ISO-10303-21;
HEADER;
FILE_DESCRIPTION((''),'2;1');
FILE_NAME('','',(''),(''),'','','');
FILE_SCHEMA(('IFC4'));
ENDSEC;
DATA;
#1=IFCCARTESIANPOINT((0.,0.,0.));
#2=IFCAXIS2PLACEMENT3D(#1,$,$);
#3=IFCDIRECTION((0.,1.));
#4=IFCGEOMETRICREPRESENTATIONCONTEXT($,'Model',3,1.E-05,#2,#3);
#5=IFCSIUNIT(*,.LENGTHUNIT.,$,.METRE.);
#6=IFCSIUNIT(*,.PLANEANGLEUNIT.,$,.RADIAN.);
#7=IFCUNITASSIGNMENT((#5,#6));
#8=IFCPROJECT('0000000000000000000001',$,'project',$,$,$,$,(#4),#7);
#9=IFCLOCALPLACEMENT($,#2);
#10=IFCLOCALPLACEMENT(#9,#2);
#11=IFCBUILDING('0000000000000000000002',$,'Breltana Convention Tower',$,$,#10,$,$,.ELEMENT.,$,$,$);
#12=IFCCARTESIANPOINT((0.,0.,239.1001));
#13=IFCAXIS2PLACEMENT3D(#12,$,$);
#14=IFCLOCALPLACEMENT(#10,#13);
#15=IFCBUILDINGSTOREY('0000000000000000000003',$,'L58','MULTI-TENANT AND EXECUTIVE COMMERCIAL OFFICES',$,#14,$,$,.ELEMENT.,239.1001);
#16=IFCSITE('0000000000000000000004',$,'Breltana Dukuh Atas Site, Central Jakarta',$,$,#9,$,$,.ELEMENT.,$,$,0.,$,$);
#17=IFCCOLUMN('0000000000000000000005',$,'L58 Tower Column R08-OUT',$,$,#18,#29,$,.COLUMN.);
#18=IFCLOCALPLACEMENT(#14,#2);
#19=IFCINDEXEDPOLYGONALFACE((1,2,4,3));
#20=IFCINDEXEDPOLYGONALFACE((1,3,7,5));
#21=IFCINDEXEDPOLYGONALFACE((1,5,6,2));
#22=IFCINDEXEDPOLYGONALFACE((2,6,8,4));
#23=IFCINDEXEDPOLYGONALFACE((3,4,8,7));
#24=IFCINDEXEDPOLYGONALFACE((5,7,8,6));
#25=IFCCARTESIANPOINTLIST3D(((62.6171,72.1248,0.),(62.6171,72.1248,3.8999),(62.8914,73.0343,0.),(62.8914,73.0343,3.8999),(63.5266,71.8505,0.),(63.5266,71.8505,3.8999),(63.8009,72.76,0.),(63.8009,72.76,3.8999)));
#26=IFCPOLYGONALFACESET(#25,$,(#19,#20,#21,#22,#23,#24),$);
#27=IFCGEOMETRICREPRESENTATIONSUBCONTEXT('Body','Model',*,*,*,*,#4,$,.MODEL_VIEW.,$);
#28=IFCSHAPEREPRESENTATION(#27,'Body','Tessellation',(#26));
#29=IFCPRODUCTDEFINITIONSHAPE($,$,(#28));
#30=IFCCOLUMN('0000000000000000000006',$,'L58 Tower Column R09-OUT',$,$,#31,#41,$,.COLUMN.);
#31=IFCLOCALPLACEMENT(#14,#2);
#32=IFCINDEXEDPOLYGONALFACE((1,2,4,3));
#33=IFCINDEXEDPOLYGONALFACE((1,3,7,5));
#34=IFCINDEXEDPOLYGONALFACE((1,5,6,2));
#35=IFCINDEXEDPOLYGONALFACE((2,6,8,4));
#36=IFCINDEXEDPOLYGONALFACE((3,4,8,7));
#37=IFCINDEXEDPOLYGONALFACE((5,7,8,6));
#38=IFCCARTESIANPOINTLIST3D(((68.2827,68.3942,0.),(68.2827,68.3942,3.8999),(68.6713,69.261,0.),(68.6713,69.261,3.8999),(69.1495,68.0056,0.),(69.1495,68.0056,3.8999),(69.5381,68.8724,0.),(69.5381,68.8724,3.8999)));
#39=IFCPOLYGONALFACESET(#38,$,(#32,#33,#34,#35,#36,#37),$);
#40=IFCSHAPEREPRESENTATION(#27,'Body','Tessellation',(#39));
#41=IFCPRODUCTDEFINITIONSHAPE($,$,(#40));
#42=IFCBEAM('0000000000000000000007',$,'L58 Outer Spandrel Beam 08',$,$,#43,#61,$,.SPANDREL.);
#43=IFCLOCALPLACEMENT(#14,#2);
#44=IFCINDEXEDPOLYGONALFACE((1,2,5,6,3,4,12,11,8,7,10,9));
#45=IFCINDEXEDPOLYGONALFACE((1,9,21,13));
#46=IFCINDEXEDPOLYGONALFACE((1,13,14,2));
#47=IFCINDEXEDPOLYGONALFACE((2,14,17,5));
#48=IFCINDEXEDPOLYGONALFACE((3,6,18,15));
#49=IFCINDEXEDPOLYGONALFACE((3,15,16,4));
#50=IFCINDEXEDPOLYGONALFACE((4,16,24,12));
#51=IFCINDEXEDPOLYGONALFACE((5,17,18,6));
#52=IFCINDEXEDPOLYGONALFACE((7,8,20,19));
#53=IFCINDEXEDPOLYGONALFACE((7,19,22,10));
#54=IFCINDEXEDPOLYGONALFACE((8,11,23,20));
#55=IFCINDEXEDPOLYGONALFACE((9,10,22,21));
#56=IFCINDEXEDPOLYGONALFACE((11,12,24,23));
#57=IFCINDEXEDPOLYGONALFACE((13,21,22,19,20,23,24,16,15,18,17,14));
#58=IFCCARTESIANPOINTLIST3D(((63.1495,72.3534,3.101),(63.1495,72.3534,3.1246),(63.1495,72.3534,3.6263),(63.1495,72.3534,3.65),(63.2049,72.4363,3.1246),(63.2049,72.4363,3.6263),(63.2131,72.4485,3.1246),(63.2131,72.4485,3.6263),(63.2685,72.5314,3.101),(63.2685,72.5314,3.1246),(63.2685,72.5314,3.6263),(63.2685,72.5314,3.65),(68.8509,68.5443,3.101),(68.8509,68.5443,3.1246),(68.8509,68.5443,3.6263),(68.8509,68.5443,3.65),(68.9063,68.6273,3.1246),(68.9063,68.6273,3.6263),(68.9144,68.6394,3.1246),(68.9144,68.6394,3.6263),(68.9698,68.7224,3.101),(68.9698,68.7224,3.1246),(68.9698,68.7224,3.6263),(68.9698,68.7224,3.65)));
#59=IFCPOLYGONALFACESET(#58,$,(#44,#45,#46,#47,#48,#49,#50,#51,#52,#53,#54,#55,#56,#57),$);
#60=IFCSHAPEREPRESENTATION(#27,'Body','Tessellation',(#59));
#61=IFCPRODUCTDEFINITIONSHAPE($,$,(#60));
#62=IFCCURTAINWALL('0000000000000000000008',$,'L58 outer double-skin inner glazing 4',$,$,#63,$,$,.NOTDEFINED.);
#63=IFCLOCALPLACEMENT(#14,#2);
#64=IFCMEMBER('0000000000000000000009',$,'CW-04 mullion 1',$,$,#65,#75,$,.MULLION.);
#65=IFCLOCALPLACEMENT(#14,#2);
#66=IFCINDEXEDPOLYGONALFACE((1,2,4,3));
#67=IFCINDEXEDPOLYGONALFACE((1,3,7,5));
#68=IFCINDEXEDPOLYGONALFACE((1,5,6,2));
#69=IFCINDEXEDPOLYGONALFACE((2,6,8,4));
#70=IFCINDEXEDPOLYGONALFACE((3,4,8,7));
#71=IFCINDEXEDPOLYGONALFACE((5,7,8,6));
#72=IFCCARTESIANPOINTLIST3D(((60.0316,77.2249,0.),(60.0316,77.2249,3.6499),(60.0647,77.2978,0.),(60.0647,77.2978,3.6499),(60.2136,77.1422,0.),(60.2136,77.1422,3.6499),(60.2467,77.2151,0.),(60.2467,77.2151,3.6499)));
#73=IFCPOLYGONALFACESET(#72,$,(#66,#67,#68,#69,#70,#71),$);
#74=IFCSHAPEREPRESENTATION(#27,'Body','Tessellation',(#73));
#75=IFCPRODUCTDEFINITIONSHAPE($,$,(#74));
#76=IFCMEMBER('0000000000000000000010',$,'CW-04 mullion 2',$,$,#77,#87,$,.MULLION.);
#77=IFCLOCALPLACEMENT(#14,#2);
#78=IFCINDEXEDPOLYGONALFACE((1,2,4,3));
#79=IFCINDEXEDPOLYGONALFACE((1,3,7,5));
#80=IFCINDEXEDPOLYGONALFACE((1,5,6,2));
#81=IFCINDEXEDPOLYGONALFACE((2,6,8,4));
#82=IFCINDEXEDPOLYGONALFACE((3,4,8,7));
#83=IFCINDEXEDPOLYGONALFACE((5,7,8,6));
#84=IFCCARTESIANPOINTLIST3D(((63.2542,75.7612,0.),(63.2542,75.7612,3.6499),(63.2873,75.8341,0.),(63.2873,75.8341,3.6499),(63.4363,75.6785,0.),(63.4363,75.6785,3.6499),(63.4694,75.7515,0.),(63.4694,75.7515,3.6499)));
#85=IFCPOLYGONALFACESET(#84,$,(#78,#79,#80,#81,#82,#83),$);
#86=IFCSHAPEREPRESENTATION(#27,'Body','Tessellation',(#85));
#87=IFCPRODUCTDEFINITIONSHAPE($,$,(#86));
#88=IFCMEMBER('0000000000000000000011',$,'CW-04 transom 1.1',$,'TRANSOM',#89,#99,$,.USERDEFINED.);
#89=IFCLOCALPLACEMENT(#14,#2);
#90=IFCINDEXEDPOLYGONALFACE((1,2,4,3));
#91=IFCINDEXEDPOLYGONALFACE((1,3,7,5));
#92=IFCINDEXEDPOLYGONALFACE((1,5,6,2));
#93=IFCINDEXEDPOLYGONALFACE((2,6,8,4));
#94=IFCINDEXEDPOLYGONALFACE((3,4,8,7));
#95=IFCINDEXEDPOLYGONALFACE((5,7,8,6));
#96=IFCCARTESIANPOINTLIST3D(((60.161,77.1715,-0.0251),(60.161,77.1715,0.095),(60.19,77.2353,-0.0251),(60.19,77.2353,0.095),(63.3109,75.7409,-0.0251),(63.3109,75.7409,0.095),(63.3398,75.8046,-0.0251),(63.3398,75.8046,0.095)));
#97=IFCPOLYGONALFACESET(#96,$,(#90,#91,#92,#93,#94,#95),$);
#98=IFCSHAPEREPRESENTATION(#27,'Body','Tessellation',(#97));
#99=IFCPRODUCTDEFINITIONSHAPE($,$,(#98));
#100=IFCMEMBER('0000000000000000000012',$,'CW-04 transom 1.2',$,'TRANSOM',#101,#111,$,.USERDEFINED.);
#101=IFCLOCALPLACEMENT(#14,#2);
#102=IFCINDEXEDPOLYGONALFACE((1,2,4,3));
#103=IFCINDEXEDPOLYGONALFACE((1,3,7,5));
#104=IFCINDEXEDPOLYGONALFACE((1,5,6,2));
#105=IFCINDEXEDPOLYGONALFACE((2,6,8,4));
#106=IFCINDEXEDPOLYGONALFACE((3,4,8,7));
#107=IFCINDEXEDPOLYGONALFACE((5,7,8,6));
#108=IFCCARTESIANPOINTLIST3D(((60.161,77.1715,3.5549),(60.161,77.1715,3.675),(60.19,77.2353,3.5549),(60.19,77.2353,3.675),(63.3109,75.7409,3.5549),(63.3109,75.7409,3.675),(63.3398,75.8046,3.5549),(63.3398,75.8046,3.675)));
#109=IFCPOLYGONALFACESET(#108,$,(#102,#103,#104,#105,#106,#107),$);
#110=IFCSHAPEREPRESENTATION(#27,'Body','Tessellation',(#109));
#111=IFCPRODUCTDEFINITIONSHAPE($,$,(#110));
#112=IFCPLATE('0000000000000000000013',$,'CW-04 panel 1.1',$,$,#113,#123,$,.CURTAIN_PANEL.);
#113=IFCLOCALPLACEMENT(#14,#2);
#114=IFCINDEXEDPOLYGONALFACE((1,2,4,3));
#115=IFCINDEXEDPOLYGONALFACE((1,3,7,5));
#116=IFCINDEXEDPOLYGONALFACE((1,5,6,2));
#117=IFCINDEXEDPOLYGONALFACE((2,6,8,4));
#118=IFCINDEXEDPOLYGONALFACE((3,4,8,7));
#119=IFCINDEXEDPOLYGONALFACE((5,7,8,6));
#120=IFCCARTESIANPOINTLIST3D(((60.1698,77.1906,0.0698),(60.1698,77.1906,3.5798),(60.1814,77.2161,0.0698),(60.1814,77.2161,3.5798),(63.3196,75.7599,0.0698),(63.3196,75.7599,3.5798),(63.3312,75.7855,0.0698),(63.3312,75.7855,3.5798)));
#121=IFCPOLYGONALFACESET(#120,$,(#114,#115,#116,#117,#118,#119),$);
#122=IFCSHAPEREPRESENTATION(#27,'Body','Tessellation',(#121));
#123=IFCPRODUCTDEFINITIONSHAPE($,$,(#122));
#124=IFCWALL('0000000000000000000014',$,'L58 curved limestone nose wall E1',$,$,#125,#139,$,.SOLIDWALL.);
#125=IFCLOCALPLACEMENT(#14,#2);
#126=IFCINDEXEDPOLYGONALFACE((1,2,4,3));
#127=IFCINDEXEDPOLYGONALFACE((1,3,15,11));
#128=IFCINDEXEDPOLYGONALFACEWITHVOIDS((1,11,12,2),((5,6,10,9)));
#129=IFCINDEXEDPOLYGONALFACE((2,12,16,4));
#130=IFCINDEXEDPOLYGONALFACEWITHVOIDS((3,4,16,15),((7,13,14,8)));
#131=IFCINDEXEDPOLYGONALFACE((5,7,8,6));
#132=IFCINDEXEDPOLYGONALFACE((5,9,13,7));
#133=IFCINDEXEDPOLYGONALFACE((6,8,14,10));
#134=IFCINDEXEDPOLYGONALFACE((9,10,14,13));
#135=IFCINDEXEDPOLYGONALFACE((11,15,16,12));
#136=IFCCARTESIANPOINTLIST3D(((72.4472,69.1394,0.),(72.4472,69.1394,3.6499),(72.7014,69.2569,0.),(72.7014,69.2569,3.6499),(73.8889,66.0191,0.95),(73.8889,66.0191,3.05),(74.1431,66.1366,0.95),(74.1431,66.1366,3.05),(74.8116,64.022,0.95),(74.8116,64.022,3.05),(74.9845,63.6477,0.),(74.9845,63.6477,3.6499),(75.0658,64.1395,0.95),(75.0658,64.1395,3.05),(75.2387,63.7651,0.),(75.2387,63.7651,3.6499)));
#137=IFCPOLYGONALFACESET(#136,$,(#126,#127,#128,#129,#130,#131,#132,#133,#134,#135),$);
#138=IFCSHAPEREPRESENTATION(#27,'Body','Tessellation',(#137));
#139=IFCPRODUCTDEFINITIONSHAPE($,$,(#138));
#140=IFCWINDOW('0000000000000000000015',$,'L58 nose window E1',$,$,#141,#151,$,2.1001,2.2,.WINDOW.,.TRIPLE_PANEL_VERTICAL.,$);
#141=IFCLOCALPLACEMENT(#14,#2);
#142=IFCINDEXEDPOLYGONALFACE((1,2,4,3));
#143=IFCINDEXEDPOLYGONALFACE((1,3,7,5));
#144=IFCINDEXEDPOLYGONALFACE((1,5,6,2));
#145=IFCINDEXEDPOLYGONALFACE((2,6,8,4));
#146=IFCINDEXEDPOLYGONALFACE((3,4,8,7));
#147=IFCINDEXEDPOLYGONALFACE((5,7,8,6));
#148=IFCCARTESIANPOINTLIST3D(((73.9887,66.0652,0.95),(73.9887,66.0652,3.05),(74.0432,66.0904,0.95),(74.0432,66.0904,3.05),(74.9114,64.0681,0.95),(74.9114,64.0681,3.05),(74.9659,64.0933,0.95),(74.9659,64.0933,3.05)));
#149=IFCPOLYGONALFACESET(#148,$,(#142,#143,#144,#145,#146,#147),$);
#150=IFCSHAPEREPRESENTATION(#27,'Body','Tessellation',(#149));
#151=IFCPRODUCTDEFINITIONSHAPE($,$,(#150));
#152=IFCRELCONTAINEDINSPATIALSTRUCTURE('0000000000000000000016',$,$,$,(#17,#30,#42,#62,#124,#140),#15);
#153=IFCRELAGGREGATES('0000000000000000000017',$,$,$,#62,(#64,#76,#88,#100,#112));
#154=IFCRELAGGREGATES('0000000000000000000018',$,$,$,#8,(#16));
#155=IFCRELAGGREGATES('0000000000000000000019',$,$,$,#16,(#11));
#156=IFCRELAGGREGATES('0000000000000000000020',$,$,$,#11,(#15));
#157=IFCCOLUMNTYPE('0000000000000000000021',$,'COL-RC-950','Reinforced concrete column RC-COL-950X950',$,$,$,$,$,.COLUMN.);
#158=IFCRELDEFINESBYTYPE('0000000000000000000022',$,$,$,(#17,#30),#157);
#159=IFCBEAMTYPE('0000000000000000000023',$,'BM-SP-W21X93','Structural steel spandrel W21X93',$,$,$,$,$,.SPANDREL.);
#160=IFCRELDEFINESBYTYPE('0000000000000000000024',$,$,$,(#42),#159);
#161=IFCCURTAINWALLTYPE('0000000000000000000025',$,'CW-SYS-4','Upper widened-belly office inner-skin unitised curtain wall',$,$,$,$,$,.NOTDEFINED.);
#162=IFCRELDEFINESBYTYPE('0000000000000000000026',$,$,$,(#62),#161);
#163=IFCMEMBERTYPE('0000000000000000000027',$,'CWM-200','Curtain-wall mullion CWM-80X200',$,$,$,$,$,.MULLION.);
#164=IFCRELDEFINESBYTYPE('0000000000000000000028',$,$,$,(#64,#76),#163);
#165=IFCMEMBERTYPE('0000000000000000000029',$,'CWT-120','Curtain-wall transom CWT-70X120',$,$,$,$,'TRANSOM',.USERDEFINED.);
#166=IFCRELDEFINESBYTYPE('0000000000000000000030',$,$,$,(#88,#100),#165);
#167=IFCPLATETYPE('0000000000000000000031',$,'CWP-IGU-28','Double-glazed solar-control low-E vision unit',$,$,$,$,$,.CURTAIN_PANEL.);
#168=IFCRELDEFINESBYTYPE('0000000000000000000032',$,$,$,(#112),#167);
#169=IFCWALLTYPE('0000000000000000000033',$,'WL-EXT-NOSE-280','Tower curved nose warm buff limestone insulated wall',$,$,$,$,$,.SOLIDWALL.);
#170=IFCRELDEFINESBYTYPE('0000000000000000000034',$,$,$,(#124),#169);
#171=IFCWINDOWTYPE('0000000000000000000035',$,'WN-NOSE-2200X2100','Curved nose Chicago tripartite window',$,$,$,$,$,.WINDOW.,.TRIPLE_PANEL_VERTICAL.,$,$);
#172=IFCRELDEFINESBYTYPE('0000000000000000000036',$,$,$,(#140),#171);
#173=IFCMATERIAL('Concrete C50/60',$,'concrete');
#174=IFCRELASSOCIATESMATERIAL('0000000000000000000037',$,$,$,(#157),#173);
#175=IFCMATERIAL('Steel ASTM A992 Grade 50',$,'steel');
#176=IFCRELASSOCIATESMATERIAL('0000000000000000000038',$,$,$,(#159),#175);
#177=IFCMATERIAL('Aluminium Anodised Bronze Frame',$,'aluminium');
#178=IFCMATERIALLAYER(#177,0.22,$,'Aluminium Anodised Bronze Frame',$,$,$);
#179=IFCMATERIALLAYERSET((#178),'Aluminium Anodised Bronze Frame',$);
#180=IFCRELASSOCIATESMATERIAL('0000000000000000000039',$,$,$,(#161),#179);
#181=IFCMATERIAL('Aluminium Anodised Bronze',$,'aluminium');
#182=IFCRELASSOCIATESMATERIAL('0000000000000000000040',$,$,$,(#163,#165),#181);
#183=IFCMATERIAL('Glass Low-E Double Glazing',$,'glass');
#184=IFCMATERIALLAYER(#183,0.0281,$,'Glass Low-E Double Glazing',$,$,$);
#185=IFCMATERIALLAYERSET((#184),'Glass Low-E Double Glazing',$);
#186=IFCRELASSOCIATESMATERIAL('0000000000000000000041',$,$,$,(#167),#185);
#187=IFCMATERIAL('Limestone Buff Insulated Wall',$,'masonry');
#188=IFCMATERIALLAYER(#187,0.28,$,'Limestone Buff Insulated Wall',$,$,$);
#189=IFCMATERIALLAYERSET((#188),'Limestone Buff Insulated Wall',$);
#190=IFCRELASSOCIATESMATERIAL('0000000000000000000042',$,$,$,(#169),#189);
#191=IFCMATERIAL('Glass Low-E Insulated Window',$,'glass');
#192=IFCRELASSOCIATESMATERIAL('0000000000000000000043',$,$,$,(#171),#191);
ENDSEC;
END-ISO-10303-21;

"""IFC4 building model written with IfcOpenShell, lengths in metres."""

from ifc_helpers import new_model, si_unit, direction, frame, frame_2d, origin, origin_2d, place, context, subcontext, project, spatial, rectangle, i_section, extrude, source, transform, mapped, material, layer, layer_set, material_profile, profile_set, type_object, type_shapes, element, fill, aggregate, save


model = new_model("IFC4")

# Units and contexts
model_context = context("Model", 3, precision=1e-05, world=origin(), true_north=direction((0.0, 1.0)))
body_context = subcontext(model_context, "Body", "Model", "MODEL_VIEW")
ifc_project = project(units=[si_unit("LENGTHUNIT", "METRE"), si_unit("PLANEANGLEUNIT", "RADIAN")], contexts=[model_context])

# Site, building, storey
site_placement = place(None, origin())
site = spatial("IfcSite", under=ifc_project, at=site_placement, Name="Breltana Dukuh Atas Site, Central Jakarta", CompositionType="ELEMENT", RefElevation=0.0)
building_placement = place(site_placement, origin())
building = spatial("IfcBuilding", under=site, at=building_placement, Name="Breltana Convention Tower", CompositionType="ELEMENT")
storey_placement = place(building_placement, frame((0.0, 0.0, 239.1001)))
storey = spatial("IfcBuildingStorey", under=building, at=storey_placement, Name="L58", Description="MULTI-TENANT AND EXECUTIVE COMMERCIAL OFFICES", CompositionType="ELEMENT", Elevation=239.1001)

# Columns
ifc_material_1 = material(Name="Concrete C50/60", Category="concrete")
ifc_material_profile_1 = material_profile(ifc_material_1, rectangle(XDim=0.95, YDim=0.95, at=origin_2d()), Name="RC-COL-950X950")
ifc_profile_set_1 = profile_set([ifc_material_profile_1], Name="Concrete C50/60")
column_type = type_object("IfcColumnType", Name="COL-RC-950", Description="Reinforced concrete column RC-COL-950X950", PredefinedType="COLUMN", material=ifc_profile_set_1)
shared_shape_1 = source(origin(), body_context, "Body", "SweptSolid", [
    extrude(rectangle(XDim=0.95, YDim=0.95, at=origin_2d()), origin(), (0.0, 0.0, 1.0), 3.8999),
])
for number, where, z_axis, x_axis, name in (
    (1, (63.209, 72.4424, 0.0), (0.0, 0.0, 1.0), (0.288698, 0.95742, 0.0), "L58 Tower Column R08-OUT"),
    (2, (68.9104, 68.6333, 0.0), (0.0, 0.0, 1.0), (0.409127, 0.912477, 0.0), "L58 Tower Column R09-OUT"),
):
    element("IfcColumn", number, at=place(storey_placement, frame(where, z_axis=z_axis, x_axis=x_axis)), inside=storey, type_object=column_type, Name=name, PredefinedType="COLUMN", context=body_context, shape_type="MappedRepresentation", body=[
        mapped(shared_shape_1, transform((0.0, 0.0, 0.0), scale=1.0)),
    ])

# Beam
ifc_material_2 = material(Name="Steel ASTM A992 Grade 50", Category="steel")
ifc_material_profile_2 = material_profile(ifc_material_2, i_section(OverallWidth=0.2141, OverallDepth=0.5491, WebThickness=0.0146, FlangeThickness=0.0237, at=origin_2d()), Name="W21X93")
ifc_profile_set_2 = profile_set([ifc_material_profile_2], Name="Steel ASTM A992 Grade 50")
beam_type = type_object("IfcBeamType", Name="BM-SP-W21X93", Description="Structural steel spandrel W21X93", PredefinedType="SPANDREL", material=ifc_profile_set_2)
shared_shape_2 = source(origin(), body_context, "Body", "SweptSolid", [
    extrude(i_section(OverallWidth=0.2141, OverallDepth=0.5491, WebThickness=0.0146, FlangeThickness=0.0237, at=origin_2d()), origin(), (0.0, 0.0, 1.0), 6.8567),
])
beam_placement = place(storey_placement, frame((63.209, 72.4424, 3.3755), z_axis=(0.831502, -0.555522, 0.0), x_axis=(0.555522, 0.831502, 0.0)))
element("IfcBeam", 3, at=beam_placement, inside=storey, type_object=beam_type, Name="L58 Outer Spandrel Beam 08", PredefinedType="SPANDREL", context=body_context, shape_type="MappedRepresentation", body=[
    mapped(shared_shape_2, transform((0.0, 0.0, 0.0), scale=1.0)),
])

# Curtain wall, members, plate
ifc_material_3 = material(Name="Aluminium Anodised Bronze Frame", Category="aluminium")
ifc_layer_1 = layer(ifc_material_3, 0.22, Name="Aluminium Anodised Bronze Frame")
ifc_layer_set_1 = layer_set([ifc_layer_1], Name="Aluminium Anodised Bronze Frame")
curtain_wall_type = type_object("IfcCurtainWallType", Name="CW-SYS-4", Description="Upper widened-belly office inner-skin unitised curtain wall", PredefinedType="NOTDEFINED", material=ifc_layer_set_1)
curtain_wall_placement = place(storey_placement, origin())
curtain_wall = element("IfcCurtainWall", 4, at=curtain_wall_placement, inside=storey, type_object=curtain_wall_type, Name="L58 outer double-skin inner glazing 4", PredefinedType="NOTDEFINED")
ifc_material_4 = material(Name="Aluminium Anodised Bronze", Category="aluminium")
ifc_material_profile_3 = material_profile(ifc_material_4, rectangle(XDim=0.0801, YDim=0.2, at=origin_2d()), Name="CWM-80X200")
ifc_profile_set_3 = profile_set([ifc_material_profile_3], Name="Aluminium Anodised Bronze")
member_type_1 = type_object("IfcMemberType", Name="CWM-200", Description="Curtain-wall mullion CWM-80X200", PredefinedType="MULLION", material=ifc_profile_set_3)
shared_shape_3 = source(origin(), body_context, "Body", "SweptSolid", [
    extrude(rectangle(XDim=0.0801, YDim=0.2, at=origin_2d()), origin(), (0.0, 0.0, 1.0), 3.6499),
])
member_1_placement = place(storey_placement, frame((60.1392, 77.22, 0.0), z_axis=(0.0, 0.0, 1.0), x_axis=(0.413539, 0.910487, 0.0)))
member_1 = element("IfcMember", 5, at=member_1_placement, type_object=member_type_1, Name="CW-04 mullion 1", PredefinedType="MULLION", context=body_context, shape_type="MappedRepresentation", body=[
    mapped(shared_shape_3, transform((0.0, 0.0, 0.0), scale=1.0)),
])
member_2_placement = place(storey_placement, frame((63.3618, 75.7563, 0.0), z_axis=(0.0, 0.0, 1.0), x_axis=(0.413539, 0.910487, 0.0)))
member_2 = element("IfcMember", 6, at=member_2_placement, type_object=member_type_1, Name="CW-04 mullion 2", PredefinedType="MULLION", context=body_context, shape_type="MappedRepresentation", body=[
    mapped(shared_shape_3, transform((0.0, 0.0, 0.0), scale=1.0)),
])
ifc_material_profile_4 = material_profile(ifc_material_4, rectangle(XDim=0.0701, YDim=0.1201, at=origin_2d()), Name="CWT-70X120")
ifc_profile_set_4 = profile_set([ifc_material_profile_4], Name="Aluminium Anodised Bronze")
member_type_2 = type_object("IfcMemberType", Name="CWT-120", Description="Curtain-wall transom CWT-70X120", ElementType="TRANSOM", PredefinedType="USERDEFINED", material=ifc_profile_set_4)
shared_shape_4 = source(origin(), body_context, "Body", "SweptSolid", [
    extrude(rectangle(XDim=0.0701, YDim=0.1201, at=origin_2d()), origin(), (0.0, 0.0, 1.0), 3.4595),
])
member_3_placement = place(storey_placement, frame((60.1755, 77.2034, 0.0349), z_axis=(0.910487, -0.413537, 0.0), x_axis=(0.413537, 0.910487, 0.0)))
member_3 = element("IfcMember", 7, at=member_3_placement, type_object=member_type_2, Name="CW-04 transom 1.1", ObjectType="TRANSOM", PredefinedType="USERDEFINED", context=body_context, shape_type="MappedRepresentation", body=[
    mapped(shared_shape_4, transform((0.0, 0.0, 0.0), scale=1.0)),
])
member_4_placement = place(storey_placement, frame((60.1755, 77.2034, 3.615), z_axis=(0.910487, -0.413537, 0.0), x_axis=(0.413537, 0.910487, 0.0)))
member_4 = element("IfcMember", 8, at=member_4_placement, type_object=member_type_2, Name="CW-04 transom 1.2", ObjectType="TRANSOM", PredefinedType="USERDEFINED", context=body_context, shape_type="MappedRepresentation", body=[
    mapped(shared_shape_4, transform((0.0, 0.0, 0.0), scale=1.0)),
])
ifc_material_5 = material(Name="Glass Low-E Double Glazing", Category="glass")
ifc_layer_2 = layer(ifc_material_5, 0.0281, Name="Glass Low-E Double Glazing")
ifc_layer_set_2 = layer_set([ifc_layer_2], Name="Glass Low-E Double Glazing")
plate_type = type_object("IfcPlateType", Name="CWP-IGU-28", Description="Double-glazed solar-control low-E vision unit", PredefinedType="CURTAIN_PANEL", material=ifc_layer_set_2)
shared_shape_5 = source(origin(), body_context, "Body", "SweptSolid", [
    extrude(rectangle(XDim=3.4595, YDim=0.0281, at=origin_2d()), origin(), (0.0, 0.0, 1.0), 3.51),
])
plate_placement = place(storey_placement, frame((61.7505, 76.488, 0.0698), z_axis=(0.0, 0.0, 1.0), x_axis=(0.910487, -0.413539, 0.0)))
plate = element("IfcPlate", 9, at=plate_placement, type_object=plate_type, Name="CW-04 panel 1.1", PredefinedType="CURTAIN_PANEL", context=body_context, shape_type="MappedRepresentation", body=[
    mapped(shared_shape_5, transform((0.0, 0.0, 0.0), scale=1.0)),
])
aggregate(curtain_wall, [member_1, member_2, member_3, member_4, plate])

# Wall, opening, window
ifc_material_6 = material(Name="Limestone Buff Insulated Wall", Category="masonry")
ifc_layer_3 = layer(ifc_material_6, 0.28, Name="Limestone Buff Insulated Wall")
ifc_layer_set_3 = layer_set([ifc_layer_3], Name="Limestone Buff Insulated Wall")
wall_type_1 = type_object("IfcWallType", Name="WL-EXT-NOSE-280", Description="Tower curved nose warm buff limestone insulated wall", PredefinedType="SOLIDWALL", material=ifc_layer_set_3)
shared_shape_6 = source(origin(), body_context, "Body", "SweptSolid", [
    extrude(rectangle(XDim=6.0496, YDim=0.28, at=frame_2d((3.0249, 0.0))), origin(), (0.0, 0.0, 1.0), 3.6499),
])
wall_1_placement = place(storey_placement, frame((72.5742, 69.1982, 0.0), z_axis=(0.0, 0.0, 1.0), x_axis=(0.419429, -0.907788, 0.0)))
wall_1 = element("IfcWall", 10, at=wall_1_placement, inside=storey, type_object=wall_type_1, Name="L58 curved limestone nose wall E1", PredefinedType="SOLIDWALL", context=body_context, shape_type="MappedRepresentation", body=[
    mapped(shared_shape_6, transform((0.0, 0.0, 0.0), scale=1.0)),
])
opening_1_placement = place(wall_1_placement, frame((3.4373, 0.0, 0.95)))
opening_1 = element("IfcOpeningElement", 11, at=opening_1_placement, cuts=wall_1, PredefinedType="OPENING", context=body_context, shape_type="SweptSolid", body=[
    extrude(rectangle(XDim=2.2, YDim=2.1001, at=frame_2d((1.1001, 1.05))), frame((0.0, 0.1499, 0.0), z_axis=(0.0, -1.0, 0.0), x_axis=(1.0, 0.0, 0.0)), (0.0, 0.0, 1.0), 0.3),
])
ifc_material_7 = material(Name="Glass Low-E Insulated Window", Category="glass")
window_type = type_object("IfcWindowType", Name="WN-NOSE-2200X2100", Description="Curved nose Chicago tripartite window", PartitioningType="TRIPLE_PANEL_VERTICAL", PredefinedType="WINDOW", material=ifc_material_7)
shared_shape_7 = source(origin(), body_context, "Body", "SweptSolid", [
    extrude(rectangle(XDim=2.2, YDim=2.1001, at=frame_2d((1.1001, 1.05))), frame((0.0, 0.03, 0.0), z_axis=(0.0, -1.0, 0.0), x_axis=(1.0, 0.0, 0.0)), (0.0, 0.0, 1.0), 0.0601),
])
type_shapes(window_type, [shared_shape_7])
window_1_placement = place(opening_1_placement, origin())
window_1 = element("IfcWindow", 12, at=window_1_placement, inside=storey, type_object=window_type, Name="L58 nose window E1", OverallHeight=2.1001, OverallWidth=2.2, PartitioningType="TRIPLE_PANEL_VERTICAL", PredefinedType="WINDOW", context=body_context, shape_type="MappedRepresentation", body=[
    mapped(shared_shape_7, transform((0.0, 0.0, 0.0), scale=1.0)),
])
fill(opening_1, window_1)

save(model, "model.ifc")
